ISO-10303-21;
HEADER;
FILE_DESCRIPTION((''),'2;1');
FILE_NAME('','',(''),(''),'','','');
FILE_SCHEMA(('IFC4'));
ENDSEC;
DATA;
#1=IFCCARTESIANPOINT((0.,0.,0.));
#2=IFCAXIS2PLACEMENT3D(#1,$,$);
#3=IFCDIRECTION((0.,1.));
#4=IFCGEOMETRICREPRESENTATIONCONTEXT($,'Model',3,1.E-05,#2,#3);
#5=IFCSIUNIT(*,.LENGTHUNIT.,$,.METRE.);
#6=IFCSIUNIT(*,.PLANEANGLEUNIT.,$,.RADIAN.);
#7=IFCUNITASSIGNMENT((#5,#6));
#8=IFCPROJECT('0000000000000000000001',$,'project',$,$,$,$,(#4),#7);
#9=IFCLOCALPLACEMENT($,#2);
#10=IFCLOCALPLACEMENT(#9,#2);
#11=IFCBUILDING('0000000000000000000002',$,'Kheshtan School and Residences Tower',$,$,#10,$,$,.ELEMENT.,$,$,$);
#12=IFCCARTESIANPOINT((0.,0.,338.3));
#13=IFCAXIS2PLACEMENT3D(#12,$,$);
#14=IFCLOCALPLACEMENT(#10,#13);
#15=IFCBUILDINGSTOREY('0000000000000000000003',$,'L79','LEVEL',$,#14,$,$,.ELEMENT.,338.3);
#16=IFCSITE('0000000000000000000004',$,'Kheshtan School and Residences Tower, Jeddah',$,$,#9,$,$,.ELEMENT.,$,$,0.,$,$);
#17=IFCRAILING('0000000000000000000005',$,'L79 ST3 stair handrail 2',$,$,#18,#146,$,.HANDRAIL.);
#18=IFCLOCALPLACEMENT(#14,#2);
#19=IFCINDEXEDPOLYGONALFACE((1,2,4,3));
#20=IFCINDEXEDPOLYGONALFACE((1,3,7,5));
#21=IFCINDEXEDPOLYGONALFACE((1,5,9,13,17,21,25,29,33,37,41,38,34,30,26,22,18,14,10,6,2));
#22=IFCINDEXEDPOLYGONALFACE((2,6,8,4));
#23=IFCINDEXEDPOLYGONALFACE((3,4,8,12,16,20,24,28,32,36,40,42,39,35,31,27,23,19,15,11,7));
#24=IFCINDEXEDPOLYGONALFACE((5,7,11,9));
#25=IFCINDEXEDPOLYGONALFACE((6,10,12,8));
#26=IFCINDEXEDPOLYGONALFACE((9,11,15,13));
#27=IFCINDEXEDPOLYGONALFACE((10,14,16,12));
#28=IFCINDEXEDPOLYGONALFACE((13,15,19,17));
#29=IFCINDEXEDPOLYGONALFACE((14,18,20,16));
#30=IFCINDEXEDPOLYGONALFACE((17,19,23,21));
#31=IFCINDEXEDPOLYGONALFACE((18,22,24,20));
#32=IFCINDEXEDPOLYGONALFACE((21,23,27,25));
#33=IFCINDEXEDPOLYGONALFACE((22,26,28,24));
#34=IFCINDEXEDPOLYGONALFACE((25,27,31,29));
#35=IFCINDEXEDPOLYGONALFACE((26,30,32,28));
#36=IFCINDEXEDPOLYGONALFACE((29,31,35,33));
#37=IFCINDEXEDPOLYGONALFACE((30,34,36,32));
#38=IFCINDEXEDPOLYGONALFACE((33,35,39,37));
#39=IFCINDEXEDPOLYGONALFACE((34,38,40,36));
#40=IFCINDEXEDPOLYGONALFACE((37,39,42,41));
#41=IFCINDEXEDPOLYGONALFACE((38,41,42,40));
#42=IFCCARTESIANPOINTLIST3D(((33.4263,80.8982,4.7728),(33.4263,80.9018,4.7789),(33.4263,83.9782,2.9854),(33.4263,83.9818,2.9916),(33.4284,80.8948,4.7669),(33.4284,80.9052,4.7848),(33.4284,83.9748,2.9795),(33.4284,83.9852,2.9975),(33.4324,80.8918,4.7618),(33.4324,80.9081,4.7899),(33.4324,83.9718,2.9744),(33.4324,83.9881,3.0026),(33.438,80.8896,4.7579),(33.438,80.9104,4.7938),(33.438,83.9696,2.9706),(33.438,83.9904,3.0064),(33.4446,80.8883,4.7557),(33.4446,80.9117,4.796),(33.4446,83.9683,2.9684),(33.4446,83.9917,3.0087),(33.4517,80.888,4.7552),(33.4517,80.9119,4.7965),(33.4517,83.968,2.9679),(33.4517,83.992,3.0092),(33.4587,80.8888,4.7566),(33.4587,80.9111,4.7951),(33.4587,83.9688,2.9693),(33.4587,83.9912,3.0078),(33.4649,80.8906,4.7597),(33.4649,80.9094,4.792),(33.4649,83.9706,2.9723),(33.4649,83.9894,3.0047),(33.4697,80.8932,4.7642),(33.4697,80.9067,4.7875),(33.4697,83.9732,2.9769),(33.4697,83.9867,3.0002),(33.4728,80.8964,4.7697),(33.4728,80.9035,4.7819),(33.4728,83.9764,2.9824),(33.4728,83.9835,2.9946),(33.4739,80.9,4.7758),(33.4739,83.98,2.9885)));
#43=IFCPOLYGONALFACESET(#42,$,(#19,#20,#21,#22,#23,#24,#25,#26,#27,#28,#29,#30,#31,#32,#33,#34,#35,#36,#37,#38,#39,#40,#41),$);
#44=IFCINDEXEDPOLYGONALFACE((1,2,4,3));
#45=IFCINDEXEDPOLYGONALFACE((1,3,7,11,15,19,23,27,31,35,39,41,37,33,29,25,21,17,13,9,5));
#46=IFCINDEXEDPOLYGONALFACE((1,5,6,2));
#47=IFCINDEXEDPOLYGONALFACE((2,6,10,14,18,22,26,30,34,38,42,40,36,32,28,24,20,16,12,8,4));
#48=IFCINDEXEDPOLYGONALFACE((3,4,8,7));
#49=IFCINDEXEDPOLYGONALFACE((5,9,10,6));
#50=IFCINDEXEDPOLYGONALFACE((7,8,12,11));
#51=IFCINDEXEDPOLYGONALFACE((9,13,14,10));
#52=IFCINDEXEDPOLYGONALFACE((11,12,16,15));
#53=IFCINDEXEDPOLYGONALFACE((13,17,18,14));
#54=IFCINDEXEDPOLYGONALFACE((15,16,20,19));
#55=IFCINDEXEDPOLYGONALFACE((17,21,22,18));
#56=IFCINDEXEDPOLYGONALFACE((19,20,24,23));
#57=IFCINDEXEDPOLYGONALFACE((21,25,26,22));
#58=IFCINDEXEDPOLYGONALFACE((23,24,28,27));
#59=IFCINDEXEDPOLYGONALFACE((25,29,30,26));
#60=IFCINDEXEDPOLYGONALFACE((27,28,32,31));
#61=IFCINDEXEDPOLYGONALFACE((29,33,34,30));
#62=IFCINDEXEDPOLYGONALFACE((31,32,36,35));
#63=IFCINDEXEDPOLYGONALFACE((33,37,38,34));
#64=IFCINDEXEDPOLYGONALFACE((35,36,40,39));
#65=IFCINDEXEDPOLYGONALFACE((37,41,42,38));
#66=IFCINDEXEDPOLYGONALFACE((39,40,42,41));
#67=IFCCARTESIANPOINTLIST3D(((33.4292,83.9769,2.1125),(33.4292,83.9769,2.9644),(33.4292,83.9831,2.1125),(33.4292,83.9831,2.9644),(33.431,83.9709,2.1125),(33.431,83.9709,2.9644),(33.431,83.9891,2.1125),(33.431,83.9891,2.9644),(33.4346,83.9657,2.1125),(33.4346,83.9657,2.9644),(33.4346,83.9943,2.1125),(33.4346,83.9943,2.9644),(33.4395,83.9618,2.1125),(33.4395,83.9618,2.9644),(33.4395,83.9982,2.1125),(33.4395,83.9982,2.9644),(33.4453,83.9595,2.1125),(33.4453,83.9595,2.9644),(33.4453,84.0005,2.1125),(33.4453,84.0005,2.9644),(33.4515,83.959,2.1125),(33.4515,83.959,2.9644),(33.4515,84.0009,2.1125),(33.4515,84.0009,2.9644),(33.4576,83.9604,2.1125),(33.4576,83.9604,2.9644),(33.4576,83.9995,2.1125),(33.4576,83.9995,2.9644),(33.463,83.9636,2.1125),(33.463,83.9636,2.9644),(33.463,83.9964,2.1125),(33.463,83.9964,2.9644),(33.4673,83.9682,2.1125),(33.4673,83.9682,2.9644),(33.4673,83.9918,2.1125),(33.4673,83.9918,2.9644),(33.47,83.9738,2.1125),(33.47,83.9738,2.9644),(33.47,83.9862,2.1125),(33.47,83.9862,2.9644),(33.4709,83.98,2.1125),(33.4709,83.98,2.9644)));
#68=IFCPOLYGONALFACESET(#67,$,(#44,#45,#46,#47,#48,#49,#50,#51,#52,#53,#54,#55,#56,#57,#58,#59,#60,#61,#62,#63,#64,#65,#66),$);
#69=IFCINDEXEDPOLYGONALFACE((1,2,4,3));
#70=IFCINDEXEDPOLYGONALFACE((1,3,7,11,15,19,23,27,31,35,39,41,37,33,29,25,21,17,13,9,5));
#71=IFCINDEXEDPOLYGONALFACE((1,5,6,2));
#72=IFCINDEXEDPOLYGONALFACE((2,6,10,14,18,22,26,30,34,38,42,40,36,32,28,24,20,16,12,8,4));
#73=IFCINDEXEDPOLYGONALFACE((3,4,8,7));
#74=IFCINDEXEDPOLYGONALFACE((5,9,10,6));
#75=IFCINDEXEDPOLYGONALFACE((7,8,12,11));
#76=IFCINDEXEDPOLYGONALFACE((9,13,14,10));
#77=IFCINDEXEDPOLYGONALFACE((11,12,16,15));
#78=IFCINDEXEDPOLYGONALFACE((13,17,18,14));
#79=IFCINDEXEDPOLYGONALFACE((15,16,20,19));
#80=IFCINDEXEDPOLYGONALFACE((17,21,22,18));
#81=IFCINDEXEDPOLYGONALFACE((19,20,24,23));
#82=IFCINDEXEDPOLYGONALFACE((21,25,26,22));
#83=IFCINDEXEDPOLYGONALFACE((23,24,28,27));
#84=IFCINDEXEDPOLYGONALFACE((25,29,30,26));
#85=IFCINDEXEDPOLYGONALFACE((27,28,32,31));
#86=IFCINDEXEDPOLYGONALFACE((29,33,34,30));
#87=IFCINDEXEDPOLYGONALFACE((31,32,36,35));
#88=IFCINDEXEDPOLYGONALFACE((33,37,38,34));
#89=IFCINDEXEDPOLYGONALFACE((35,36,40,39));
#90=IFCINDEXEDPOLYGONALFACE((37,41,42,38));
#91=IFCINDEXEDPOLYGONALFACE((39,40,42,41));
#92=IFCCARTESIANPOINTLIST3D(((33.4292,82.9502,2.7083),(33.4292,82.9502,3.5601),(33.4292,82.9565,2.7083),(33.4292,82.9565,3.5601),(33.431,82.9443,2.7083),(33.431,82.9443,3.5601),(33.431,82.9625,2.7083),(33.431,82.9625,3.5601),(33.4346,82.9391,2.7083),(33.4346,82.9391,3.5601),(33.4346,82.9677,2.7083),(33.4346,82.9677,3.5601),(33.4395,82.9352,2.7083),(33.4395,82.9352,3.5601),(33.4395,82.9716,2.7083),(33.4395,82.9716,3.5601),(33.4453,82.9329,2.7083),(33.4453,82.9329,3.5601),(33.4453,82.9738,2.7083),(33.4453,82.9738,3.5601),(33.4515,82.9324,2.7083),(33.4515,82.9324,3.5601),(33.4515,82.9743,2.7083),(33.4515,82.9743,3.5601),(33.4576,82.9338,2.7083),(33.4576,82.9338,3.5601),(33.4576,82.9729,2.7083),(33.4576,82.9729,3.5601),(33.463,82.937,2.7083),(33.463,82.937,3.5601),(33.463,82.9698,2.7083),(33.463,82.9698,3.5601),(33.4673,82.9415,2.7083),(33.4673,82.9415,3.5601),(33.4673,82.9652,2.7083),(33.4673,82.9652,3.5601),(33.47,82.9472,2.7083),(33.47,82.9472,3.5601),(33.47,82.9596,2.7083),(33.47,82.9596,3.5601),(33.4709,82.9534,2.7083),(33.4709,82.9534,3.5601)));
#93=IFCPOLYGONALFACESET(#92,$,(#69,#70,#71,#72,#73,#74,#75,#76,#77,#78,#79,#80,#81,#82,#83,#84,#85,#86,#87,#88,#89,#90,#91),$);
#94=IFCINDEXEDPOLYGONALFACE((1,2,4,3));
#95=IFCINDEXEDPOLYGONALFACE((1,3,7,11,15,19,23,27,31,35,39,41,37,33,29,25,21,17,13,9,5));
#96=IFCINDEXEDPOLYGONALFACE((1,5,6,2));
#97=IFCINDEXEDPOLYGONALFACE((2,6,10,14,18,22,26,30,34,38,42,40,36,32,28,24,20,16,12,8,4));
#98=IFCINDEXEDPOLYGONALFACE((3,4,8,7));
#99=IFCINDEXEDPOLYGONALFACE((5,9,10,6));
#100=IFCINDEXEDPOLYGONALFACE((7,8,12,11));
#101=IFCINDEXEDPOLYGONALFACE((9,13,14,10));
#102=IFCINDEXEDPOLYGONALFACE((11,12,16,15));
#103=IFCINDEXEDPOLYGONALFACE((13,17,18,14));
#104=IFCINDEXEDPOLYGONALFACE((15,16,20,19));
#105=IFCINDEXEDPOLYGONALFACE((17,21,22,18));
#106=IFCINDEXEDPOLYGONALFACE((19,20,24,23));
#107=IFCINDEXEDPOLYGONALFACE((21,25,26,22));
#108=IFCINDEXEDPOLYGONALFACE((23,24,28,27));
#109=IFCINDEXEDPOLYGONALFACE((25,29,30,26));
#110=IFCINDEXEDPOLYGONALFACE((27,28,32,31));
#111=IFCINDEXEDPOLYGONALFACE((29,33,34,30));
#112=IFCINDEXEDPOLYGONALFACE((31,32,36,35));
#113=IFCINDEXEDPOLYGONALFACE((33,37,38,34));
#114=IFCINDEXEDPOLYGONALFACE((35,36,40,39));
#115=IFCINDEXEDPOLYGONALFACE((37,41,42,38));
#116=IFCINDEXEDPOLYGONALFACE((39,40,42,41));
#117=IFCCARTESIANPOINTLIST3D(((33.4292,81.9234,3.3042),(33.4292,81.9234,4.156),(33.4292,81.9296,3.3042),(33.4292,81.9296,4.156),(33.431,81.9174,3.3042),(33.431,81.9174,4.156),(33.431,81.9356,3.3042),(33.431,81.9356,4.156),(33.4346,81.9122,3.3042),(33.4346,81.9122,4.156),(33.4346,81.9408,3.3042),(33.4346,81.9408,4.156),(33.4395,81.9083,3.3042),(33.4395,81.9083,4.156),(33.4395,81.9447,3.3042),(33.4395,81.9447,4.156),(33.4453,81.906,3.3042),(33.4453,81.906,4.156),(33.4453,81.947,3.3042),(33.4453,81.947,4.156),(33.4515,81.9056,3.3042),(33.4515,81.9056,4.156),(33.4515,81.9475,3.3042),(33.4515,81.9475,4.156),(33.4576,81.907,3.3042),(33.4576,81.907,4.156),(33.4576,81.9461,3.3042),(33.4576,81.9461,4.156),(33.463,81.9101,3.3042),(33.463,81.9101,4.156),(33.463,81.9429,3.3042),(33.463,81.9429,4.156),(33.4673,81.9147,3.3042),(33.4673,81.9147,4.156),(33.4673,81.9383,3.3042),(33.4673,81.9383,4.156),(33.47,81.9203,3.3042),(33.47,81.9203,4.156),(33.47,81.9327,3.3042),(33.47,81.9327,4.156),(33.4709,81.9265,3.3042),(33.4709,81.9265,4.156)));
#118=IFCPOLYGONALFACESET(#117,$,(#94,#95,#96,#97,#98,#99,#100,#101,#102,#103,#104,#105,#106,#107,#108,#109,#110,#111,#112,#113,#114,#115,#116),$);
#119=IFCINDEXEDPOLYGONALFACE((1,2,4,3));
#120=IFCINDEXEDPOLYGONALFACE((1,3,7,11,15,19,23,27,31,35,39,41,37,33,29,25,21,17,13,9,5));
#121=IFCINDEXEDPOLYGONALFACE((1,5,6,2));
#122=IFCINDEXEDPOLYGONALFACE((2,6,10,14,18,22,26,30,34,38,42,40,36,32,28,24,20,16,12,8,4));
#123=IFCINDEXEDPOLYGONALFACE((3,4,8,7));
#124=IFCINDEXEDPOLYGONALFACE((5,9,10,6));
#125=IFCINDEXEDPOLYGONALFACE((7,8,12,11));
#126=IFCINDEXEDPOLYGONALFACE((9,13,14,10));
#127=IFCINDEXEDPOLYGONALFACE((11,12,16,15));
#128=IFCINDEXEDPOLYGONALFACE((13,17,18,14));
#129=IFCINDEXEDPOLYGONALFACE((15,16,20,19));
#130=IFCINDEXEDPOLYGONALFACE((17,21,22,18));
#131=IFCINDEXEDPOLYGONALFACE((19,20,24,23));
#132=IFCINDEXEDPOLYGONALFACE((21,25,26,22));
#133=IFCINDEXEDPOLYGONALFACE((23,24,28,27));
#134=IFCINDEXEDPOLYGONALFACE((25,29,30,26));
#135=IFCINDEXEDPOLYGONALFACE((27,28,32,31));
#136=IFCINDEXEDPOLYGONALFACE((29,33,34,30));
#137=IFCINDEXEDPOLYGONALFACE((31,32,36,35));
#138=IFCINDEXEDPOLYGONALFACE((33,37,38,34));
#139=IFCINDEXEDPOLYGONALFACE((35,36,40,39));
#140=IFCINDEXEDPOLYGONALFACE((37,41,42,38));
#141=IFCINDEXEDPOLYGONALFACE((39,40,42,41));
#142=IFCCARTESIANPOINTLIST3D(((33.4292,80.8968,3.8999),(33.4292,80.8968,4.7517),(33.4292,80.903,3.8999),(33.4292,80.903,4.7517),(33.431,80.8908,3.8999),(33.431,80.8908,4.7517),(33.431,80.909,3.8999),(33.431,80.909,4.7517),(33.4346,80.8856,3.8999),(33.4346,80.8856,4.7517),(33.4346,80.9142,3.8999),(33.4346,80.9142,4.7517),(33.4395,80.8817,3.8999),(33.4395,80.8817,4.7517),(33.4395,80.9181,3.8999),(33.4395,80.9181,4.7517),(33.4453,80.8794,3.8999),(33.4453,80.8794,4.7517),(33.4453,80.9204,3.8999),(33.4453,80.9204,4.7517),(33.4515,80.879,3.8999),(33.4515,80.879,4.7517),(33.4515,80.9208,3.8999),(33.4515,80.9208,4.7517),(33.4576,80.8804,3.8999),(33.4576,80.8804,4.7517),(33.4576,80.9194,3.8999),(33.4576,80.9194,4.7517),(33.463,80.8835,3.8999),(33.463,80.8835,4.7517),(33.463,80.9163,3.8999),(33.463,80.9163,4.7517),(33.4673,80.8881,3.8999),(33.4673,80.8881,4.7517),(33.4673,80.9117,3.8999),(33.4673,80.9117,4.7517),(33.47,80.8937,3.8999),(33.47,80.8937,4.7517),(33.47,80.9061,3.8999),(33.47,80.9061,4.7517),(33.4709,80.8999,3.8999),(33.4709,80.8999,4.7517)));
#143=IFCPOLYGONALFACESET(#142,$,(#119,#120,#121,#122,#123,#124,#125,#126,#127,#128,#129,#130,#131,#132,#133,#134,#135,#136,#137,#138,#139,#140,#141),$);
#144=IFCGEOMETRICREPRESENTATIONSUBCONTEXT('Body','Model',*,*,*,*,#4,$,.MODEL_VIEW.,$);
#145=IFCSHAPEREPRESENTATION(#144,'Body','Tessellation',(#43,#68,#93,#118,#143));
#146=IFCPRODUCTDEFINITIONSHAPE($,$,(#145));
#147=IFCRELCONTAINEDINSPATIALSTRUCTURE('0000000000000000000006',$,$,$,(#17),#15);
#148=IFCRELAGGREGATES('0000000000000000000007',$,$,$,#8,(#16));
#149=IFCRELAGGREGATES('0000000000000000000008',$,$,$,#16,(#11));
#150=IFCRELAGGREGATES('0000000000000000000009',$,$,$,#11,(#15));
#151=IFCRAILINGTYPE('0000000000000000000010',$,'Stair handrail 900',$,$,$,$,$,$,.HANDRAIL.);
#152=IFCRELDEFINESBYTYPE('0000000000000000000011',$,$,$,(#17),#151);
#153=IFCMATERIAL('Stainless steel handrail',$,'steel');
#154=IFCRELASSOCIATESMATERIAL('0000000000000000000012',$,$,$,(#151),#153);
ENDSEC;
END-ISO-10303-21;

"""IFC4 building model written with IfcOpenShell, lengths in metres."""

from ifc_helpers import new_model, si_unit, direction, frame, origin, origin_2d, place, context, subcontext, project, spatial, circle, extrude, material, type_object, element, save


model = new_model("IFC4")

# Units and contexts
model_context = context("Model", 3, precision=1e-05, world=origin(), true_north=direction((0.0, 1.0)))
body_context = subcontext(model_context, "Body", "Model", "MODEL_VIEW")
ifc_project = project(units=[si_unit("LENGTHUNIT", "METRE"), si_unit("PLANEANGLEUNIT", "RADIAN")], contexts=[model_context])

# Site, building, storey
site_placement = place(None, origin())
site = spatial("IfcSite", under=ifc_project, at=site_placement, Name="Kheshtan School and Residences Tower, Jeddah", CompositionType="ELEMENT", RefElevation=0.0)
building_placement = place(site_placement, origin())
building = spatial("IfcBuilding", under=site, at=building_placement, Name="Kheshtan School and Residences Tower", CompositionType="ELEMENT")
storey_placement = place(building_placement, frame((0.0, 0.0, 338.3)))
storey = spatial("IfcBuildingStorey", under=building, at=storey_placement, Name="L79", Description="LEVEL", CompositionType="ELEMENT", Elevation=338.3)

# Railing
ifc_material_1 = material(Name="Stainless steel handrail", Category="steel")
railing_type_1 = type_object("IfcRailingType", Name="Stair handrail 900", PredefinedType="HANDRAIL", material=ifc_material_1)
railing_1_placement = place(storey_placement, frame((33.45, 83.98, 2.1125)))
element("IfcRailing", 1, at=railing_1_placement, inside=storey, type_object=railing_type_1, Name="L79 ST3 stair handrail 2", PredefinedType="HANDRAIL", context=body_context, shape_type="SweptSolid", body=[
    extrude(circle(Radius=0.0239, at=origin_2d()), frame((0.0, 0.0, 0.876), z_axis=(0.0, -0.86492, 0.501909), x_axis=(1.0, 0.0, 0.0)), (0.0, 0.0, 1.0), 3.561),
    extrude(circle(Radius=0.021, at=origin_2d()), origin(), (0.0, 0.0, 1.0), 0.8518),
    extrude(circle(Radius=0.021, at=origin_2d()), frame((0.0, -1.0266, 0.5957)), (0.0, 0.0, 1.0), 0.8518),
    extrude(circle(Radius=0.021, at=origin_2d()), frame((0.0, -2.0535, 1.1917)), (0.0, 0.0, 1.0), 0.8518),
    extrude(circle(Radius=0.021, at=origin_2d()), frame((0.0, -3.0801, 1.7874)), (0.0, 0.0, 1.0), 0.8518),
])

save(model, "model.ifc")
